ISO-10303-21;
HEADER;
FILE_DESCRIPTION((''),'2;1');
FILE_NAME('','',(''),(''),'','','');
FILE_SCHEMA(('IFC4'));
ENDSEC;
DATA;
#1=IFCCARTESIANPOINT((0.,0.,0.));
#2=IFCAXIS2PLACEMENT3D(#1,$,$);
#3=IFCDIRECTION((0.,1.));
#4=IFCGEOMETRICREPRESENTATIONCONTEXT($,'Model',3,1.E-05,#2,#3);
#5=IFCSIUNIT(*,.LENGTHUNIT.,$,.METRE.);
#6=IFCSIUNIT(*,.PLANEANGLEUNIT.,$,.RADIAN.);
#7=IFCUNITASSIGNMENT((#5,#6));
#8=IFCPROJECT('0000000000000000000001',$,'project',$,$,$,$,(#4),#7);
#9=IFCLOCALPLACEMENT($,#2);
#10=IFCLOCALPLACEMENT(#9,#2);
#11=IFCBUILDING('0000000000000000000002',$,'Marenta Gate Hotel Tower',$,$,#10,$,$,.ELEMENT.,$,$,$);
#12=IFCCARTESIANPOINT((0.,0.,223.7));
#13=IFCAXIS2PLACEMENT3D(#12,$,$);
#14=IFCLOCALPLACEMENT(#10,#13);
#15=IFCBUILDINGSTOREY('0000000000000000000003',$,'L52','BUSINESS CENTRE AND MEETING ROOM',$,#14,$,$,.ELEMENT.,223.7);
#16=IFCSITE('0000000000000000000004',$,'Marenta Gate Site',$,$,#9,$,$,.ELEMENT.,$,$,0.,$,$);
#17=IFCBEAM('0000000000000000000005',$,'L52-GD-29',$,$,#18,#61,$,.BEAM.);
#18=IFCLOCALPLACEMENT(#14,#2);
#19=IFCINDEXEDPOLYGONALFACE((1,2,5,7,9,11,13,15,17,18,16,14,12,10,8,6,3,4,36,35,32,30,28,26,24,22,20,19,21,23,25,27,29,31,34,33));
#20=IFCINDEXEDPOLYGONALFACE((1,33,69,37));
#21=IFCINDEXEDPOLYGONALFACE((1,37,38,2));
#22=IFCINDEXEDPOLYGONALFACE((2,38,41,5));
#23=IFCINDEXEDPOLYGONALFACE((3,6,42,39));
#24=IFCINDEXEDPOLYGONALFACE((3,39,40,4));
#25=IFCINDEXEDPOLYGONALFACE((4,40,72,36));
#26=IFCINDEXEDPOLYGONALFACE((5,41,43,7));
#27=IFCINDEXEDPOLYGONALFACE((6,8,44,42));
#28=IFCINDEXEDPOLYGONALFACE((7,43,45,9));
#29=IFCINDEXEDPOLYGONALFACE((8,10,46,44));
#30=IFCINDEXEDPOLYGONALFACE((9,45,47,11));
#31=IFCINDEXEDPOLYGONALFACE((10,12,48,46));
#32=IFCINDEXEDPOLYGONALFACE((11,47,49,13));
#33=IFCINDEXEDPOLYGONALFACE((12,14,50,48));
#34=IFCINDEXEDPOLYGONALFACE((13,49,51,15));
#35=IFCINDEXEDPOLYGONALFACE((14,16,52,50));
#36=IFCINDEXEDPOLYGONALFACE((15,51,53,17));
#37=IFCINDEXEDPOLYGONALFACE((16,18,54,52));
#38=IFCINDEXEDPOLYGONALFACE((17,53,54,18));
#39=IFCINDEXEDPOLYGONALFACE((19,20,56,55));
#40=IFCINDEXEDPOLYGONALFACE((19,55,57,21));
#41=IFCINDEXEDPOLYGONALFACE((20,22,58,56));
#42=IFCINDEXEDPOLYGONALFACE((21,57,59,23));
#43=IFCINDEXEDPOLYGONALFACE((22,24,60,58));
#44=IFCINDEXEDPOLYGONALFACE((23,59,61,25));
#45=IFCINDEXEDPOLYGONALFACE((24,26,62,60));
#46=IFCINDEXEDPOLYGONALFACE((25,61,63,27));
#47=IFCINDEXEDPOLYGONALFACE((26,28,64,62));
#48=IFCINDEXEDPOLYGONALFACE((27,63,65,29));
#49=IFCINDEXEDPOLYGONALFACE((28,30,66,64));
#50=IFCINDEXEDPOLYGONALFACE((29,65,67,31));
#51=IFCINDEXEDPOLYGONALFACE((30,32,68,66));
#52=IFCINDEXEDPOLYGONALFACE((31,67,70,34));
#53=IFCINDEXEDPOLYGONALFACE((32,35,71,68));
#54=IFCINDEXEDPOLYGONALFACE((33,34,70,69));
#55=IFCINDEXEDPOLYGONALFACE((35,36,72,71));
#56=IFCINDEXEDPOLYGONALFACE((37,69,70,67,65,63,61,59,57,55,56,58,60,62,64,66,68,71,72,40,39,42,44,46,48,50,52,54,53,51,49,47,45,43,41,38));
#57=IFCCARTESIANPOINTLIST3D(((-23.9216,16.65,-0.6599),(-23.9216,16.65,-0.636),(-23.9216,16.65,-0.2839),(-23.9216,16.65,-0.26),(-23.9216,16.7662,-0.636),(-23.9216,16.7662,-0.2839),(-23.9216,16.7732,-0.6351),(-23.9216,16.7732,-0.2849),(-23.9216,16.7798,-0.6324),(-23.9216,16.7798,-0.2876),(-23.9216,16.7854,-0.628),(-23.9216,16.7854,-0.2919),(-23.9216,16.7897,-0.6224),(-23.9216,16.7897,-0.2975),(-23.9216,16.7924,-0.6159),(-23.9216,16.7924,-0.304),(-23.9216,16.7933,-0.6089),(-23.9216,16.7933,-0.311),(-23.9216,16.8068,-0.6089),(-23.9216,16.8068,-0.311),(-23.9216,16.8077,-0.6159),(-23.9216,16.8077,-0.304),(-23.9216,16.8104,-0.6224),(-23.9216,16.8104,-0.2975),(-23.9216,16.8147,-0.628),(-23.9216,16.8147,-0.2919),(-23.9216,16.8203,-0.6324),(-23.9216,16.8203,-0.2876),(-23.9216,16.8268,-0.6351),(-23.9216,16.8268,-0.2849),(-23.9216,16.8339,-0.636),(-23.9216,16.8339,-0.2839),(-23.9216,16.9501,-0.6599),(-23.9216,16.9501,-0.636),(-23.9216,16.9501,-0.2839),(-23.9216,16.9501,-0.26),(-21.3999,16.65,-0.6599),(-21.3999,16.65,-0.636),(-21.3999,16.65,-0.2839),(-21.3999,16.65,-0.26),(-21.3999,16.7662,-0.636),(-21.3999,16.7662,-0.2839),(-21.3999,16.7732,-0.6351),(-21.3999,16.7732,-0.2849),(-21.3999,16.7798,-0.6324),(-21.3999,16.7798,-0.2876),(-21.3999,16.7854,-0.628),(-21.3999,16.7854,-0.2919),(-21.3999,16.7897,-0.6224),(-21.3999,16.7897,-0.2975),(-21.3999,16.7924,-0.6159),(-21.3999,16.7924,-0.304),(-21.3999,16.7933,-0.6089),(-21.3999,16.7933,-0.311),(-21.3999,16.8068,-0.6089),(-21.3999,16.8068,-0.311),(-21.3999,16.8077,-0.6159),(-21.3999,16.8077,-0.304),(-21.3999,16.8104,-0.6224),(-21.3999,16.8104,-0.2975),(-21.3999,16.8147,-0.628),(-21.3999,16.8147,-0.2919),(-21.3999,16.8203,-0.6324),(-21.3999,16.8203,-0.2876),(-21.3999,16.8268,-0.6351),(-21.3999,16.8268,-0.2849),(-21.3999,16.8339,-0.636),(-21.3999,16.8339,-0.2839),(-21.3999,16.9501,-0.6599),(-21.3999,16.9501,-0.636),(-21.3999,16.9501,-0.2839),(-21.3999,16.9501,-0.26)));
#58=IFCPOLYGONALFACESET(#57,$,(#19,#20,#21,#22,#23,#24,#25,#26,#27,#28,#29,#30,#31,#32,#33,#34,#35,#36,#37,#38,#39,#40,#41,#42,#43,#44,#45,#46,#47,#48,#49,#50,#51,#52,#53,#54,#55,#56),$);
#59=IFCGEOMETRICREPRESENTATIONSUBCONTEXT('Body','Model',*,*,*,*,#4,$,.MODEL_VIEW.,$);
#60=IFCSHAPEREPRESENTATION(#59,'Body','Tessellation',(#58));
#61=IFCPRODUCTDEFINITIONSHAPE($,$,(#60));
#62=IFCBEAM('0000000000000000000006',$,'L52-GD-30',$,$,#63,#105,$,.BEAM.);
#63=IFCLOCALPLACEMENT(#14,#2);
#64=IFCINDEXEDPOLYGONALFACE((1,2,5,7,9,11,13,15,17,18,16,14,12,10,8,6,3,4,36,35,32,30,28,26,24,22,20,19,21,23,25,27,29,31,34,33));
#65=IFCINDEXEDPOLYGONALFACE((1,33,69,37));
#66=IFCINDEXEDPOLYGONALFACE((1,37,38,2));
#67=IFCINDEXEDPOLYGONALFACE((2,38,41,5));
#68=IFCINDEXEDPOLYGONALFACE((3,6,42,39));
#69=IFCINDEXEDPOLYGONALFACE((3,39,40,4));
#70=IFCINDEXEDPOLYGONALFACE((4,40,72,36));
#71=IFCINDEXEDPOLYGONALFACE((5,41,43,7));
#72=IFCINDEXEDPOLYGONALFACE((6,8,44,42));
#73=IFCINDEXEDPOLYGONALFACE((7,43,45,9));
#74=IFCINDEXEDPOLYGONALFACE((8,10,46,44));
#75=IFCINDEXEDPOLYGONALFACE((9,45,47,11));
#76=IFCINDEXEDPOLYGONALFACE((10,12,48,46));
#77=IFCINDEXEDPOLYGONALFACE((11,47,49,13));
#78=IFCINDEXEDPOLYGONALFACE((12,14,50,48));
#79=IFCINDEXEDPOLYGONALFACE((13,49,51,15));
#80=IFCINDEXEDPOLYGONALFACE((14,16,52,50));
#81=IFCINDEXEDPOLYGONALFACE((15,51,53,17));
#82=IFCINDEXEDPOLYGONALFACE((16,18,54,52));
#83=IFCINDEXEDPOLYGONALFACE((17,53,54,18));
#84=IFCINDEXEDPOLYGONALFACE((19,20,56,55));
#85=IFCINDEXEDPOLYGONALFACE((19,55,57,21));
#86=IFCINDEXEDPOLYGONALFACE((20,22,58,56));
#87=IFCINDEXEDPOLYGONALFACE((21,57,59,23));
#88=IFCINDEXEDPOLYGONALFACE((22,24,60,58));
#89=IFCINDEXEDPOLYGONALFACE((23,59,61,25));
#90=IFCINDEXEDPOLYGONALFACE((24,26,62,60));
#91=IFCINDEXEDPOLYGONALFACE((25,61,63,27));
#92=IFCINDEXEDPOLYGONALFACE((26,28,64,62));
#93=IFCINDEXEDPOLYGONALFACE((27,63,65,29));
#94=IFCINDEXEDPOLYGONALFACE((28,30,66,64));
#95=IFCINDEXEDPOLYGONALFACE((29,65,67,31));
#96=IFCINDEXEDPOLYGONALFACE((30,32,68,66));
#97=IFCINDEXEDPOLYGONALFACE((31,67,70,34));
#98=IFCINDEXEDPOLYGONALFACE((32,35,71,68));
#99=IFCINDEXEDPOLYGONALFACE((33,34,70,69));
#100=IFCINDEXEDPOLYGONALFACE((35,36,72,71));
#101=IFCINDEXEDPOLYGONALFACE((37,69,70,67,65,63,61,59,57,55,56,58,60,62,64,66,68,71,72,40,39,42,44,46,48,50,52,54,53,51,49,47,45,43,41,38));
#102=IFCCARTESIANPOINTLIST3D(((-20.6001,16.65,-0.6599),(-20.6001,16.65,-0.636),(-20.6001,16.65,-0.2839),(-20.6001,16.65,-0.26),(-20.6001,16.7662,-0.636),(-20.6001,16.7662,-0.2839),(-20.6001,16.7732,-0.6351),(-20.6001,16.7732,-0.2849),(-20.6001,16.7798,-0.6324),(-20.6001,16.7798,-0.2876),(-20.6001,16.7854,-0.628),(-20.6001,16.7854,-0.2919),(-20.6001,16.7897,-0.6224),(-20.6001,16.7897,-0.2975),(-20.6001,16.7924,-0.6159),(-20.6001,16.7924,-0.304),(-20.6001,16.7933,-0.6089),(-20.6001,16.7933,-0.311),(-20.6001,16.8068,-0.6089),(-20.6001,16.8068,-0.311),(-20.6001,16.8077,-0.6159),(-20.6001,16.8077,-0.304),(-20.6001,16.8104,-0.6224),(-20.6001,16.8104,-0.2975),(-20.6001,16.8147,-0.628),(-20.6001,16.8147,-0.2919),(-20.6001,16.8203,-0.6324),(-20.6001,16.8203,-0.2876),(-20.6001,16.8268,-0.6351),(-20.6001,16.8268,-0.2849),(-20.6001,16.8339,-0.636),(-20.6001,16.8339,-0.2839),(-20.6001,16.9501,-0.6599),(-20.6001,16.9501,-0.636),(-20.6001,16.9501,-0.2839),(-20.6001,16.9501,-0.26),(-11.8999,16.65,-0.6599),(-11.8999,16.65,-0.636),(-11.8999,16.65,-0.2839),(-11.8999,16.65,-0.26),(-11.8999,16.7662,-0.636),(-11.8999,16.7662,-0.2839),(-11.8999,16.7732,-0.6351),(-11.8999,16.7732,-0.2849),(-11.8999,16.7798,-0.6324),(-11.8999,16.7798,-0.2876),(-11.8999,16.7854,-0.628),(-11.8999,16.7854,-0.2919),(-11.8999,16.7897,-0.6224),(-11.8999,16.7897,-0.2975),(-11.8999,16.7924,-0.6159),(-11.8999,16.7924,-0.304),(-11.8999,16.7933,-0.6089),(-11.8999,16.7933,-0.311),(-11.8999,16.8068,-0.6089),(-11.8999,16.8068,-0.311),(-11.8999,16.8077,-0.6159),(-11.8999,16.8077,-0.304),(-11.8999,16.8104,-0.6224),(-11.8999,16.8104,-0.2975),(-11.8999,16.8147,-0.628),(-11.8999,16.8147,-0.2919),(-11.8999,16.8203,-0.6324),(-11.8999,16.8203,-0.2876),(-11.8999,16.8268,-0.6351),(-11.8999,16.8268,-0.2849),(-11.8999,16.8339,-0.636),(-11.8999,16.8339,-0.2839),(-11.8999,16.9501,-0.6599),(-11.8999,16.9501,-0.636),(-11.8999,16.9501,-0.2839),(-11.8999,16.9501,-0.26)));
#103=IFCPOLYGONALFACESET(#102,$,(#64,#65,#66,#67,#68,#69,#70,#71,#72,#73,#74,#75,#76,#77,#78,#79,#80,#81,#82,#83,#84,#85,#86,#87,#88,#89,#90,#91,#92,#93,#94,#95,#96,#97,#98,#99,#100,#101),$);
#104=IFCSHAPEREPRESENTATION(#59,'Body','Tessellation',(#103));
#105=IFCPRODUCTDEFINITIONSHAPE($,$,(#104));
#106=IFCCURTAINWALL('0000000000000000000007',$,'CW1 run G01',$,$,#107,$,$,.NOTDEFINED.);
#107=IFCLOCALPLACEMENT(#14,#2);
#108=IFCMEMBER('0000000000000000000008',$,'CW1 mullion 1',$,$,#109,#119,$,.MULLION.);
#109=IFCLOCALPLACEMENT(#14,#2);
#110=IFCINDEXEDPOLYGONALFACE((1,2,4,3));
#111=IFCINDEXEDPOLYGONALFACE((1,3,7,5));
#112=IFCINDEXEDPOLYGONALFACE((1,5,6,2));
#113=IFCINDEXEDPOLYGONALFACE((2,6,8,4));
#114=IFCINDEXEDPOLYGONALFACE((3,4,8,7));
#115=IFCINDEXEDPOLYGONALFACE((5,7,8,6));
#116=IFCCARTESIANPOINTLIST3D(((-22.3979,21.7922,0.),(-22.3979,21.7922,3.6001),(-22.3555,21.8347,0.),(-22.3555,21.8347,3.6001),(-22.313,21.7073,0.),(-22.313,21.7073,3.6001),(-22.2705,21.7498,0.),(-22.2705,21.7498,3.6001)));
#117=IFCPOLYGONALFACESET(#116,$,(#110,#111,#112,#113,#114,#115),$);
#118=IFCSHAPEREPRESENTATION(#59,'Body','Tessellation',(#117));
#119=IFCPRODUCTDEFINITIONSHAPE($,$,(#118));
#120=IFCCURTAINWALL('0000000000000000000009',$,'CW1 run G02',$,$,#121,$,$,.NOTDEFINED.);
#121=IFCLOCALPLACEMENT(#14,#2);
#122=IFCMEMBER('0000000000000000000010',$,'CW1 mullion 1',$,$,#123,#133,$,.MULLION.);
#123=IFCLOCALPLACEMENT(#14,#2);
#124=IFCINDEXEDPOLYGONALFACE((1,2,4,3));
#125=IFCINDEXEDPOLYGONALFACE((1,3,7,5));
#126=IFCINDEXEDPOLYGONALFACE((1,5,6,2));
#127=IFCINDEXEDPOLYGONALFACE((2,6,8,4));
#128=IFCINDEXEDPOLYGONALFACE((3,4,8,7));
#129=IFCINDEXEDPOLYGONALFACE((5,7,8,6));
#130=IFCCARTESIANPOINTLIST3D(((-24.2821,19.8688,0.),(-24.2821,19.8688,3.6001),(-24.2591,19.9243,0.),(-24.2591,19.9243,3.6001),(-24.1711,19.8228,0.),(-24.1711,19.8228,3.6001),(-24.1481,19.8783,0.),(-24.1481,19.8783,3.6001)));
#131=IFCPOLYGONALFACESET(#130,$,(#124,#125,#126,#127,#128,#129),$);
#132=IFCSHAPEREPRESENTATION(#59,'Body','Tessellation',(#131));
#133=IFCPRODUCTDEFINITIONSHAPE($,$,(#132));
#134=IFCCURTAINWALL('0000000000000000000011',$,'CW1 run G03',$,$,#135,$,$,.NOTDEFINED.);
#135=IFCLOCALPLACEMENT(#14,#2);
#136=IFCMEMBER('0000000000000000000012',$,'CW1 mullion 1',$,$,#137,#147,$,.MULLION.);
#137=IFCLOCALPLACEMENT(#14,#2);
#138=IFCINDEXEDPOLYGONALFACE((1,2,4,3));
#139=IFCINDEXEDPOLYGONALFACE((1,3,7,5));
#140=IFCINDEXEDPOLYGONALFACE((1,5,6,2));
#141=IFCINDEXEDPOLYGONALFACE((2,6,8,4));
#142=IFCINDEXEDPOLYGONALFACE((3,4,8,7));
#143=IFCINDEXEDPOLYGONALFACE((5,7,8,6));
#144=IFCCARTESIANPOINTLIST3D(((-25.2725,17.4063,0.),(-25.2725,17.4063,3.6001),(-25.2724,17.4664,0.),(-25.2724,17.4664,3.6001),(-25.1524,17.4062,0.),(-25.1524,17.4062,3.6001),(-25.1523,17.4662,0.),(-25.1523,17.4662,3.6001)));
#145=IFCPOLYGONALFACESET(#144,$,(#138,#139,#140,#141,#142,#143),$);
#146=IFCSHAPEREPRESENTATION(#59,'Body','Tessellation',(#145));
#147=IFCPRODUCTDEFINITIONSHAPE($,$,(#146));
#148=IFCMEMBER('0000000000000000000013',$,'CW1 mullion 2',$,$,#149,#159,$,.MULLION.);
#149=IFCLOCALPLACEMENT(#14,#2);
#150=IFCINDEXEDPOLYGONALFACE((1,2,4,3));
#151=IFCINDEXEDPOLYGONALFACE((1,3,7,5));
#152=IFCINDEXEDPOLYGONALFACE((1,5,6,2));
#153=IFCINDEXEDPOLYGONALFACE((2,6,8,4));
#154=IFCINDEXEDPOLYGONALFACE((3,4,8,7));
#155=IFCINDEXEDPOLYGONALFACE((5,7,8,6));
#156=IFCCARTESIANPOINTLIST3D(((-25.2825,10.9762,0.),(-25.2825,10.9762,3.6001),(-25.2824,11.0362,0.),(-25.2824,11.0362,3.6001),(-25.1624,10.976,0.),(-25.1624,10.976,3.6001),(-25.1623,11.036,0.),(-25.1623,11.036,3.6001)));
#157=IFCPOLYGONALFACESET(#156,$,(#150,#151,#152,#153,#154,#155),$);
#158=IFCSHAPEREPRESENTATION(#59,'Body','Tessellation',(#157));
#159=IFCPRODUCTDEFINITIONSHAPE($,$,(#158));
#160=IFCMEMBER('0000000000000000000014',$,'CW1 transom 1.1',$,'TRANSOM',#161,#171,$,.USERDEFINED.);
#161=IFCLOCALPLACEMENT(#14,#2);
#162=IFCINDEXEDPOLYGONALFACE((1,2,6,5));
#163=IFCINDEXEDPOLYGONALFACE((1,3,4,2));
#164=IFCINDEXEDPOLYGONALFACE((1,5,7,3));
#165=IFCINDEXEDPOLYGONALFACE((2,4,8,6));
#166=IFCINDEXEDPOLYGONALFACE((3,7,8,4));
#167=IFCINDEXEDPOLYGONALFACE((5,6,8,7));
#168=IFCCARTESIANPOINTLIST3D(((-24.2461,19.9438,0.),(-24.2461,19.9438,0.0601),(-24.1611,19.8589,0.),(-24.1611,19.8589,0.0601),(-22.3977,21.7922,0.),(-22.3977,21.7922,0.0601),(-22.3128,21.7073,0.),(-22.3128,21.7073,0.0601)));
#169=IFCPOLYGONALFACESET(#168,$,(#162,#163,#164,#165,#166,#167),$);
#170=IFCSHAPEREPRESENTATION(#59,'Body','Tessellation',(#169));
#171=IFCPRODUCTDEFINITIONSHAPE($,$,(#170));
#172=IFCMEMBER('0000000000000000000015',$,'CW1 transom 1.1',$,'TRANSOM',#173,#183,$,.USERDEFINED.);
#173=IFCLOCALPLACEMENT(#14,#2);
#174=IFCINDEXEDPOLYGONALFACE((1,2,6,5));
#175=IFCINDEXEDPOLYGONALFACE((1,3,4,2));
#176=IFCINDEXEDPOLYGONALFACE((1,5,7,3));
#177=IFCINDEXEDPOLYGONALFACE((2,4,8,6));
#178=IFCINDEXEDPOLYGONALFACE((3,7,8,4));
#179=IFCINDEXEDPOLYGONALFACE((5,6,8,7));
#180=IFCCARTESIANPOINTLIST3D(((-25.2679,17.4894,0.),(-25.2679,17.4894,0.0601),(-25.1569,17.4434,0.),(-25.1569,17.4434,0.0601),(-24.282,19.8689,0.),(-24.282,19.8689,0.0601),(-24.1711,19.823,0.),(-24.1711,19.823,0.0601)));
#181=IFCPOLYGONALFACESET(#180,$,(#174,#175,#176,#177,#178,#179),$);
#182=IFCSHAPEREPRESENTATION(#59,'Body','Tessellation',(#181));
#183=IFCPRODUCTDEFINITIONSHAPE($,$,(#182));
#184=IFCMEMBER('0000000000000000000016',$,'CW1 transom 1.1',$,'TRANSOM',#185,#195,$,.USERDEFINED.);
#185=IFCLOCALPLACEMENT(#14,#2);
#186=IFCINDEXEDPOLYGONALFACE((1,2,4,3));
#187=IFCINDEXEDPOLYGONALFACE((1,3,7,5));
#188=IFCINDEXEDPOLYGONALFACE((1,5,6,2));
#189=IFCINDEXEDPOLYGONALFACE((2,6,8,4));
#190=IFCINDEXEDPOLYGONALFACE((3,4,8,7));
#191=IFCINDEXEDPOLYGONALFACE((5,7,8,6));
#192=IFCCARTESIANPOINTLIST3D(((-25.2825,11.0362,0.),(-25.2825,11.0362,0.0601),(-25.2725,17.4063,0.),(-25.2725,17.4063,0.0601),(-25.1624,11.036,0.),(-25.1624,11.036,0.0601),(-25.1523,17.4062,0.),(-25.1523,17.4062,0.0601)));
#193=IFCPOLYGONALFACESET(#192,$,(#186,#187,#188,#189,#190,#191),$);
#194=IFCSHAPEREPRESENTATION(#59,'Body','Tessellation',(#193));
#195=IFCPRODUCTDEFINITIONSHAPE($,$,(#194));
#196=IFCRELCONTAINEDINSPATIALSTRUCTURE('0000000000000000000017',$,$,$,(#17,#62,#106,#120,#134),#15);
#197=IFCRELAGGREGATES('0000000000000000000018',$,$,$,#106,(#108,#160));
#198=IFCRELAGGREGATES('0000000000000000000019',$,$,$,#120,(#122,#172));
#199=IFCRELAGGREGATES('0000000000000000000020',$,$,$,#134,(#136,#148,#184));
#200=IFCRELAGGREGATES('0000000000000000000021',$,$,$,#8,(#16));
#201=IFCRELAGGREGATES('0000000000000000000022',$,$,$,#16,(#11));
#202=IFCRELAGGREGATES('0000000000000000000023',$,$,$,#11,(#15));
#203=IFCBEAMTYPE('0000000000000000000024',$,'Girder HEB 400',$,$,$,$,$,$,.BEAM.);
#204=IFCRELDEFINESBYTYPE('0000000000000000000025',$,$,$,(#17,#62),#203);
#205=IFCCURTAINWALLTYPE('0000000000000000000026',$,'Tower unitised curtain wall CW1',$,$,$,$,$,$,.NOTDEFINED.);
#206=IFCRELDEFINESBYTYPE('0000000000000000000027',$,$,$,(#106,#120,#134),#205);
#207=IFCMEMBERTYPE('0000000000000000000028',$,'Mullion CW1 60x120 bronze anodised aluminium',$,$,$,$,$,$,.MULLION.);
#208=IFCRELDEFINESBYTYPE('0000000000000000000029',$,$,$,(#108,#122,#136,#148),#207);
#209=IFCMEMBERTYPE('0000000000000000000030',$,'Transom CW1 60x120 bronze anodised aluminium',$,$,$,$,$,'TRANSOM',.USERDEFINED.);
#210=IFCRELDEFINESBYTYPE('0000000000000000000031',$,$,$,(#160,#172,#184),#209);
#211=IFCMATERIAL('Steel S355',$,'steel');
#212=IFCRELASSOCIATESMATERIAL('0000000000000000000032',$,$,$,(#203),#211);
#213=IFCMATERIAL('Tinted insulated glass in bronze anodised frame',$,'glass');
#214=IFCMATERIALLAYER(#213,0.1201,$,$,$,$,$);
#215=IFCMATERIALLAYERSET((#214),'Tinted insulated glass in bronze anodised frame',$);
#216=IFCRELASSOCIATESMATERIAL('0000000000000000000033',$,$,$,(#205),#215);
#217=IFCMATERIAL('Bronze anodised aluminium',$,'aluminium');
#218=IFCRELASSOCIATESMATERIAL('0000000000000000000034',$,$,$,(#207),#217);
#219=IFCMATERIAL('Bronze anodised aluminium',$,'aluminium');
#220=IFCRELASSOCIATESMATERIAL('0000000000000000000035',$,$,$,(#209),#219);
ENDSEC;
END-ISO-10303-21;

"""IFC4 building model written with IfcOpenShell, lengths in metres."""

from ifc_helpers import new_model, si_unit, direction, frame, origin, origin_2d, place, context, subcontext, project, spatial, rectangle, i_section, extrude, material, layer, layer_set, material_profile, profile_set, type_object, element, aggregate, save


model = new_model("IFC4")

# Units and contexts
model_context = context("Model", 3, precision=1e-05, world=origin(), true_north=direction((0.0, 1.0)))
body_context = subcontext(model_context, "Body", "Model", "MODEL_VIEW")
ifc_project = project(units=[si_unit("LENGTHUNIT", "METRE"), si_unit("PLANEANGLEUNIT", "RADIAN")], contexts=[model_context])

# Site, building, storey
site_placement = place(None, origin())
site = spatial("IfcSite", under=ifc_project, at=site_placement, Name="Marenta Gate Site", CompositionType="ELEMENT", RefElevation=0.0)
building_placement = place(site_placement, origin())
building = spatial("IfcBuilding", under=site, at=building_placement, Name="Marenta Gate Hotel Tower", CompositionType="ELEMENT")
storey_placement = place(building_placement, frame((0.0, 0.0, 223.7)))
storey = spatial("IfcBuildingStorey", under=building, at=storey_placement, Name="L52", Description="BUSINESS CENTRE AND MEETING ROOM", CompositionType="ELEMENT", Elevation=223.7)

# Beams
ifc_material_1 = material(Name="Steel S355", Category="steel")
ifc_material_profile_1 = material_profile(ifc_material_1, i_section(OverallWidth=0.3, OverallDepth=0.3999, WebThickness=0.0134, FlangeThickness=0.0239, FilletRadius=0.0271, at=origin_2d()), Name="HEB 400")
ifc_profile_set_1 = profile_set([ifc_material_profile_1], Name="Steel S355")
beam_type_1 = type_object("IfcBeamType", Name="Girder HEB 400", PredefinedType="BEAM", material=ifc_profile_set_1)
beam_1_placement = place(storey_placement, frame((-23.9216, 16.8, -0.46), z_axis=(1.0, 0.0, 0.0), x_axis=(0.0, 1.0, 0.0)))
element("IfcBeam", 1, at=beam_1_placement, inside=storey, type_object=beam_type_1, Name="L52-GD-29", PredefinedType="BEAM", context=body_context, shape_type="SweptSolid", body=[
    extrude(i_section(OverallWidth=0.3, OverallDepth=0.3999, WebThickness=0.0134, FlangeThickness=0.0239, FilletRadius=0.0271, at=origin_2d()), origin(), (0.0, 0.0, 1.0), 2.5217),
])
beam_2_placement = place(storey_placement, frame((-20.6001, 16.8, -0.46), z_axis=(1.0, 0.0, 0.0), x_axis=(0.0, 1.0, 0.0)))
element("IfcBeam", 2, at=beam_2_placement, inside=storey, type_object=beam_type_1, Name="L52-GD-30", PredefinedType="BEAM", context=body_context, shape_type="SweptSolid", body=[
    extrude(i_section(OverallWidth=0.3, OverallDepth=0.3999, WebThickness=0.0134, FlangeThickness=0.0239, FilletRadius=0.0271, at=origin_2d()), origin(), (0.0, 0.0, 1.0), 8.7002),
])

# Curtain walls, members
ifc_material_2 = material(Name="Tinted insulated glass in bronze anodised frame", Category="glass")
ifc_layer_1 = layer(ifc_material_2, 0.1201)
ifc_layer_set_1 = layer_set([ifc_layer_1], Name="Tinted insulated glass in bronze anodised frame")
curtain_wall_type = type_object("IfcCurtainWallType", Name="Tower unitised curtain wall CW1", PredefinedType="NOTDEFINED", material=ifc_layer_set_1)
curtain_wall_1_placement = place(storey_placement, origin())
curtain_wall_1 = element("IfcCurtainWall", 3, at=curtain_wall_1_placement, inside=storey, type_object=curtain_wall_type, Name="CW1 run G01", PredefinedType="NOTDEFINED")
ifc_material_3 = material(Name="Bronze anodised aluminium", Category="aluminium")
ifc_material_profile_2 = material_profile(ifc_material_3, rectangle(XDim=0.1201, YDim=0.0601, at=origin_2d()), Name="Mullion CW1 60x120 bronze anodised aluminium")
ifc_profile_set_2 = profile_set([ifc_material_profile_2], Name="Bronze anodised aluminium")
member_type_1 = type_object("IfcMemberType", Name="Mullion CW1 60x120 bronze anodised aluminium", PredefinedType="MULLION", material=ifc_profile_set_2)
member_1_placement = place(storey_placement, frame((-22.3342, 21.771, 0.0), z_axis=(0.0, 0.0, 1.0), x_axis=(0.707107, -0.707107, 0.0)))
member_1 = element("IfcMember", 4, at=member_1_placement, type_object=member_type_1, Name="CW1 mullion 1", PredefinedType="MULLION", context=body_context, shape_type="SweptSolid", body=[
    extrude(rectangle(XDim=0.1201, YDim=0.0601, at=origin_2d()), origin(), (0.0, 0.0, 1.0), 3.6001),
])
curtain_wall_2_placement = place(storey_placement, origin())
curtain_wall_2 = element("IfcCurtainWall", 5, at=curtain_wall_2_placement, inside=storey, type_object=curtain_wall_type, Name="CW1 run G02", PredefinedType="NOTDEFINED")
member_2_placement = place(storey_placement, frame((-24.2151, 19.8735, 0.0), z_axis=(0.0, 0.0, 1.0), x_axis=(0.923886, -0.382667, 0.0)))
member_2 = element("IfcMember", 6, at=member_2_placement, type_object=member_type_1, Name="CW1 mullion 1", PredefinedType="MULLION", context=body_context, shape_type="SweptSolid", body=[
    extrude(rectangle(XDim=0.1201, YDim=0.0601, at=origin_2d()), origin(), (0.0, 0.0, 1.0), 3.6001),
])

# Curtain wall, members
curtain_wall_3_placement = place(storey_placement, origin())
curtain_wall_3 = element("IfcCurtainWall", 7, at=curtain_wall_3_placement, inside=storey, type_object=curtain_wall_type, Name="CW1 run G03", PredefinedType="NOTDEFINED")
member_3_placement = place(storey_placement, frame((-25.2124, 17.4363, 0.0), z_axis=(0.0, 0.0, 1.0), x_axis=(0.999999, -0.001566, 0.0)))
member_3 = element("IfcMember", 8, at=member_3_placement, type_object=member_type_1, Name="CW1 mullion 1", PredefinedType="MULLION", context=body_context, shape_type="SweptSolid", body=[
    extrude(rectangle(XDim=0.1201, YDim=0.0601, at=origin_2d()), origin(), (0.0, 0.0, 1.0), 3.6001),
])
member_4_placement = place(storey_placement, frame((-25.2224, 11.0061, 0.0), z_axis=(0.0, 0.0, 1.0), x_axis=(0.999999, -0.001566, 0.0)))
member_4 = element("IfcMember", 9, at=member_4_placement, type_object=member_type_1, Name="CW1 mullion 2", PredefinedType="MULLION", context=body_context, shape_type="SweptSolid", body=[
    extrude(rectangle(XDim=0.1201, YDim=0.0601, at=origin_2d()), origin(), (0.0, 0.0, 1.0), 3.6001),
])

# Members
ifc_material_4 = material(Name="Bronze anodised aluminium", Category="aluminium")
ifc_material_profile_3 = material_profile(ifc_material_4, rectangle(XDim=0.1201, YDim=0.0601, at=origin_2d()), Name="Transom CW1 60x120 bronze anodised aluminium")
ifc_profile_set_3 = profile_set([ifc_material_profile_3], Name="Bronze anodised aluminium")
member_type_2 = type_object("IfcMemberType", Name="Transom CW1 60x120 bronze anodised aluminium", ElementType="TRANSOM", PredefinedType="USERDEFINED", material=ifc_profile_set_3)
member_5_placement = place(storey_placement, frame((-22.3552, 21.7498, 0.03), z_axis=(-0.707107, -0.707107, 0.0), x_axis=(0.707107, -0.707107, 0.0)))
member_5 = element("IfcMember", 10, at=member_5_placement, type_object=member_type_2, Name="CW1 transom 1.1", ObjectType="TRANSOM", PredefinedType="USERDEFINED", context=body_context, shape_type="SweptSolid", body=[
    extrude(rectangle(XDim=0.1201, YDim=0.0601, at=origin_2d()), origin(), (0.0, 0.0, 1.0), 2.614),
])
member_6_placement = place(storey_placement, frame((-24.2266, 19.8459, 0.03), z_axis=(-0.382737, -0.923857, 0.0), x_axis=(0.923857, -0.382737, 0.0)))
member_6 = element("IfcMember", 11, at=member_6_placement, type_object=member_type_2, Name="CW1 transom 1.1", ObjectType="TRANSOM", PredefinedType="USERDEFINED", context=body_context, shape_type="SweptSolid", body=[
    extrude(rectangle(XDim=0.1201, YDim=0.0601, at=origin_2d()), origin(), (0.0, 0.0, 1.0), 2.5757),
])
member_7_placement = place(storey_placement, frame((-25.2124, 17.4062, 0.03), z_axis=(-0.001571, -0.999999, 0.0), x_axis=(0.999999, -0.001571, 0.0)))
member_7 = element("IfcMember", 12, at=member_7_placement, type_object=member_type_2, Name="CW1 transom 1.1", ObjectType="TRANSOM", PredefinedType="USERDEFINED", context=body_context, shape_type="SweptSolid", body=[
    extrude(rectangle(XDim=0.1201, YDim=0.0601, at=origin_2d()), origin(), (0.0, 0.0, 1.0), 6.3701),
])

aggregate(curtain_wall_1, [member_1, member_5])
aggregate(curtain_wall_2, [member_2, member_6])
aggregate(curtain_wall_3, [member_3, member_4, member_7])

save(model, "model.ifc")
